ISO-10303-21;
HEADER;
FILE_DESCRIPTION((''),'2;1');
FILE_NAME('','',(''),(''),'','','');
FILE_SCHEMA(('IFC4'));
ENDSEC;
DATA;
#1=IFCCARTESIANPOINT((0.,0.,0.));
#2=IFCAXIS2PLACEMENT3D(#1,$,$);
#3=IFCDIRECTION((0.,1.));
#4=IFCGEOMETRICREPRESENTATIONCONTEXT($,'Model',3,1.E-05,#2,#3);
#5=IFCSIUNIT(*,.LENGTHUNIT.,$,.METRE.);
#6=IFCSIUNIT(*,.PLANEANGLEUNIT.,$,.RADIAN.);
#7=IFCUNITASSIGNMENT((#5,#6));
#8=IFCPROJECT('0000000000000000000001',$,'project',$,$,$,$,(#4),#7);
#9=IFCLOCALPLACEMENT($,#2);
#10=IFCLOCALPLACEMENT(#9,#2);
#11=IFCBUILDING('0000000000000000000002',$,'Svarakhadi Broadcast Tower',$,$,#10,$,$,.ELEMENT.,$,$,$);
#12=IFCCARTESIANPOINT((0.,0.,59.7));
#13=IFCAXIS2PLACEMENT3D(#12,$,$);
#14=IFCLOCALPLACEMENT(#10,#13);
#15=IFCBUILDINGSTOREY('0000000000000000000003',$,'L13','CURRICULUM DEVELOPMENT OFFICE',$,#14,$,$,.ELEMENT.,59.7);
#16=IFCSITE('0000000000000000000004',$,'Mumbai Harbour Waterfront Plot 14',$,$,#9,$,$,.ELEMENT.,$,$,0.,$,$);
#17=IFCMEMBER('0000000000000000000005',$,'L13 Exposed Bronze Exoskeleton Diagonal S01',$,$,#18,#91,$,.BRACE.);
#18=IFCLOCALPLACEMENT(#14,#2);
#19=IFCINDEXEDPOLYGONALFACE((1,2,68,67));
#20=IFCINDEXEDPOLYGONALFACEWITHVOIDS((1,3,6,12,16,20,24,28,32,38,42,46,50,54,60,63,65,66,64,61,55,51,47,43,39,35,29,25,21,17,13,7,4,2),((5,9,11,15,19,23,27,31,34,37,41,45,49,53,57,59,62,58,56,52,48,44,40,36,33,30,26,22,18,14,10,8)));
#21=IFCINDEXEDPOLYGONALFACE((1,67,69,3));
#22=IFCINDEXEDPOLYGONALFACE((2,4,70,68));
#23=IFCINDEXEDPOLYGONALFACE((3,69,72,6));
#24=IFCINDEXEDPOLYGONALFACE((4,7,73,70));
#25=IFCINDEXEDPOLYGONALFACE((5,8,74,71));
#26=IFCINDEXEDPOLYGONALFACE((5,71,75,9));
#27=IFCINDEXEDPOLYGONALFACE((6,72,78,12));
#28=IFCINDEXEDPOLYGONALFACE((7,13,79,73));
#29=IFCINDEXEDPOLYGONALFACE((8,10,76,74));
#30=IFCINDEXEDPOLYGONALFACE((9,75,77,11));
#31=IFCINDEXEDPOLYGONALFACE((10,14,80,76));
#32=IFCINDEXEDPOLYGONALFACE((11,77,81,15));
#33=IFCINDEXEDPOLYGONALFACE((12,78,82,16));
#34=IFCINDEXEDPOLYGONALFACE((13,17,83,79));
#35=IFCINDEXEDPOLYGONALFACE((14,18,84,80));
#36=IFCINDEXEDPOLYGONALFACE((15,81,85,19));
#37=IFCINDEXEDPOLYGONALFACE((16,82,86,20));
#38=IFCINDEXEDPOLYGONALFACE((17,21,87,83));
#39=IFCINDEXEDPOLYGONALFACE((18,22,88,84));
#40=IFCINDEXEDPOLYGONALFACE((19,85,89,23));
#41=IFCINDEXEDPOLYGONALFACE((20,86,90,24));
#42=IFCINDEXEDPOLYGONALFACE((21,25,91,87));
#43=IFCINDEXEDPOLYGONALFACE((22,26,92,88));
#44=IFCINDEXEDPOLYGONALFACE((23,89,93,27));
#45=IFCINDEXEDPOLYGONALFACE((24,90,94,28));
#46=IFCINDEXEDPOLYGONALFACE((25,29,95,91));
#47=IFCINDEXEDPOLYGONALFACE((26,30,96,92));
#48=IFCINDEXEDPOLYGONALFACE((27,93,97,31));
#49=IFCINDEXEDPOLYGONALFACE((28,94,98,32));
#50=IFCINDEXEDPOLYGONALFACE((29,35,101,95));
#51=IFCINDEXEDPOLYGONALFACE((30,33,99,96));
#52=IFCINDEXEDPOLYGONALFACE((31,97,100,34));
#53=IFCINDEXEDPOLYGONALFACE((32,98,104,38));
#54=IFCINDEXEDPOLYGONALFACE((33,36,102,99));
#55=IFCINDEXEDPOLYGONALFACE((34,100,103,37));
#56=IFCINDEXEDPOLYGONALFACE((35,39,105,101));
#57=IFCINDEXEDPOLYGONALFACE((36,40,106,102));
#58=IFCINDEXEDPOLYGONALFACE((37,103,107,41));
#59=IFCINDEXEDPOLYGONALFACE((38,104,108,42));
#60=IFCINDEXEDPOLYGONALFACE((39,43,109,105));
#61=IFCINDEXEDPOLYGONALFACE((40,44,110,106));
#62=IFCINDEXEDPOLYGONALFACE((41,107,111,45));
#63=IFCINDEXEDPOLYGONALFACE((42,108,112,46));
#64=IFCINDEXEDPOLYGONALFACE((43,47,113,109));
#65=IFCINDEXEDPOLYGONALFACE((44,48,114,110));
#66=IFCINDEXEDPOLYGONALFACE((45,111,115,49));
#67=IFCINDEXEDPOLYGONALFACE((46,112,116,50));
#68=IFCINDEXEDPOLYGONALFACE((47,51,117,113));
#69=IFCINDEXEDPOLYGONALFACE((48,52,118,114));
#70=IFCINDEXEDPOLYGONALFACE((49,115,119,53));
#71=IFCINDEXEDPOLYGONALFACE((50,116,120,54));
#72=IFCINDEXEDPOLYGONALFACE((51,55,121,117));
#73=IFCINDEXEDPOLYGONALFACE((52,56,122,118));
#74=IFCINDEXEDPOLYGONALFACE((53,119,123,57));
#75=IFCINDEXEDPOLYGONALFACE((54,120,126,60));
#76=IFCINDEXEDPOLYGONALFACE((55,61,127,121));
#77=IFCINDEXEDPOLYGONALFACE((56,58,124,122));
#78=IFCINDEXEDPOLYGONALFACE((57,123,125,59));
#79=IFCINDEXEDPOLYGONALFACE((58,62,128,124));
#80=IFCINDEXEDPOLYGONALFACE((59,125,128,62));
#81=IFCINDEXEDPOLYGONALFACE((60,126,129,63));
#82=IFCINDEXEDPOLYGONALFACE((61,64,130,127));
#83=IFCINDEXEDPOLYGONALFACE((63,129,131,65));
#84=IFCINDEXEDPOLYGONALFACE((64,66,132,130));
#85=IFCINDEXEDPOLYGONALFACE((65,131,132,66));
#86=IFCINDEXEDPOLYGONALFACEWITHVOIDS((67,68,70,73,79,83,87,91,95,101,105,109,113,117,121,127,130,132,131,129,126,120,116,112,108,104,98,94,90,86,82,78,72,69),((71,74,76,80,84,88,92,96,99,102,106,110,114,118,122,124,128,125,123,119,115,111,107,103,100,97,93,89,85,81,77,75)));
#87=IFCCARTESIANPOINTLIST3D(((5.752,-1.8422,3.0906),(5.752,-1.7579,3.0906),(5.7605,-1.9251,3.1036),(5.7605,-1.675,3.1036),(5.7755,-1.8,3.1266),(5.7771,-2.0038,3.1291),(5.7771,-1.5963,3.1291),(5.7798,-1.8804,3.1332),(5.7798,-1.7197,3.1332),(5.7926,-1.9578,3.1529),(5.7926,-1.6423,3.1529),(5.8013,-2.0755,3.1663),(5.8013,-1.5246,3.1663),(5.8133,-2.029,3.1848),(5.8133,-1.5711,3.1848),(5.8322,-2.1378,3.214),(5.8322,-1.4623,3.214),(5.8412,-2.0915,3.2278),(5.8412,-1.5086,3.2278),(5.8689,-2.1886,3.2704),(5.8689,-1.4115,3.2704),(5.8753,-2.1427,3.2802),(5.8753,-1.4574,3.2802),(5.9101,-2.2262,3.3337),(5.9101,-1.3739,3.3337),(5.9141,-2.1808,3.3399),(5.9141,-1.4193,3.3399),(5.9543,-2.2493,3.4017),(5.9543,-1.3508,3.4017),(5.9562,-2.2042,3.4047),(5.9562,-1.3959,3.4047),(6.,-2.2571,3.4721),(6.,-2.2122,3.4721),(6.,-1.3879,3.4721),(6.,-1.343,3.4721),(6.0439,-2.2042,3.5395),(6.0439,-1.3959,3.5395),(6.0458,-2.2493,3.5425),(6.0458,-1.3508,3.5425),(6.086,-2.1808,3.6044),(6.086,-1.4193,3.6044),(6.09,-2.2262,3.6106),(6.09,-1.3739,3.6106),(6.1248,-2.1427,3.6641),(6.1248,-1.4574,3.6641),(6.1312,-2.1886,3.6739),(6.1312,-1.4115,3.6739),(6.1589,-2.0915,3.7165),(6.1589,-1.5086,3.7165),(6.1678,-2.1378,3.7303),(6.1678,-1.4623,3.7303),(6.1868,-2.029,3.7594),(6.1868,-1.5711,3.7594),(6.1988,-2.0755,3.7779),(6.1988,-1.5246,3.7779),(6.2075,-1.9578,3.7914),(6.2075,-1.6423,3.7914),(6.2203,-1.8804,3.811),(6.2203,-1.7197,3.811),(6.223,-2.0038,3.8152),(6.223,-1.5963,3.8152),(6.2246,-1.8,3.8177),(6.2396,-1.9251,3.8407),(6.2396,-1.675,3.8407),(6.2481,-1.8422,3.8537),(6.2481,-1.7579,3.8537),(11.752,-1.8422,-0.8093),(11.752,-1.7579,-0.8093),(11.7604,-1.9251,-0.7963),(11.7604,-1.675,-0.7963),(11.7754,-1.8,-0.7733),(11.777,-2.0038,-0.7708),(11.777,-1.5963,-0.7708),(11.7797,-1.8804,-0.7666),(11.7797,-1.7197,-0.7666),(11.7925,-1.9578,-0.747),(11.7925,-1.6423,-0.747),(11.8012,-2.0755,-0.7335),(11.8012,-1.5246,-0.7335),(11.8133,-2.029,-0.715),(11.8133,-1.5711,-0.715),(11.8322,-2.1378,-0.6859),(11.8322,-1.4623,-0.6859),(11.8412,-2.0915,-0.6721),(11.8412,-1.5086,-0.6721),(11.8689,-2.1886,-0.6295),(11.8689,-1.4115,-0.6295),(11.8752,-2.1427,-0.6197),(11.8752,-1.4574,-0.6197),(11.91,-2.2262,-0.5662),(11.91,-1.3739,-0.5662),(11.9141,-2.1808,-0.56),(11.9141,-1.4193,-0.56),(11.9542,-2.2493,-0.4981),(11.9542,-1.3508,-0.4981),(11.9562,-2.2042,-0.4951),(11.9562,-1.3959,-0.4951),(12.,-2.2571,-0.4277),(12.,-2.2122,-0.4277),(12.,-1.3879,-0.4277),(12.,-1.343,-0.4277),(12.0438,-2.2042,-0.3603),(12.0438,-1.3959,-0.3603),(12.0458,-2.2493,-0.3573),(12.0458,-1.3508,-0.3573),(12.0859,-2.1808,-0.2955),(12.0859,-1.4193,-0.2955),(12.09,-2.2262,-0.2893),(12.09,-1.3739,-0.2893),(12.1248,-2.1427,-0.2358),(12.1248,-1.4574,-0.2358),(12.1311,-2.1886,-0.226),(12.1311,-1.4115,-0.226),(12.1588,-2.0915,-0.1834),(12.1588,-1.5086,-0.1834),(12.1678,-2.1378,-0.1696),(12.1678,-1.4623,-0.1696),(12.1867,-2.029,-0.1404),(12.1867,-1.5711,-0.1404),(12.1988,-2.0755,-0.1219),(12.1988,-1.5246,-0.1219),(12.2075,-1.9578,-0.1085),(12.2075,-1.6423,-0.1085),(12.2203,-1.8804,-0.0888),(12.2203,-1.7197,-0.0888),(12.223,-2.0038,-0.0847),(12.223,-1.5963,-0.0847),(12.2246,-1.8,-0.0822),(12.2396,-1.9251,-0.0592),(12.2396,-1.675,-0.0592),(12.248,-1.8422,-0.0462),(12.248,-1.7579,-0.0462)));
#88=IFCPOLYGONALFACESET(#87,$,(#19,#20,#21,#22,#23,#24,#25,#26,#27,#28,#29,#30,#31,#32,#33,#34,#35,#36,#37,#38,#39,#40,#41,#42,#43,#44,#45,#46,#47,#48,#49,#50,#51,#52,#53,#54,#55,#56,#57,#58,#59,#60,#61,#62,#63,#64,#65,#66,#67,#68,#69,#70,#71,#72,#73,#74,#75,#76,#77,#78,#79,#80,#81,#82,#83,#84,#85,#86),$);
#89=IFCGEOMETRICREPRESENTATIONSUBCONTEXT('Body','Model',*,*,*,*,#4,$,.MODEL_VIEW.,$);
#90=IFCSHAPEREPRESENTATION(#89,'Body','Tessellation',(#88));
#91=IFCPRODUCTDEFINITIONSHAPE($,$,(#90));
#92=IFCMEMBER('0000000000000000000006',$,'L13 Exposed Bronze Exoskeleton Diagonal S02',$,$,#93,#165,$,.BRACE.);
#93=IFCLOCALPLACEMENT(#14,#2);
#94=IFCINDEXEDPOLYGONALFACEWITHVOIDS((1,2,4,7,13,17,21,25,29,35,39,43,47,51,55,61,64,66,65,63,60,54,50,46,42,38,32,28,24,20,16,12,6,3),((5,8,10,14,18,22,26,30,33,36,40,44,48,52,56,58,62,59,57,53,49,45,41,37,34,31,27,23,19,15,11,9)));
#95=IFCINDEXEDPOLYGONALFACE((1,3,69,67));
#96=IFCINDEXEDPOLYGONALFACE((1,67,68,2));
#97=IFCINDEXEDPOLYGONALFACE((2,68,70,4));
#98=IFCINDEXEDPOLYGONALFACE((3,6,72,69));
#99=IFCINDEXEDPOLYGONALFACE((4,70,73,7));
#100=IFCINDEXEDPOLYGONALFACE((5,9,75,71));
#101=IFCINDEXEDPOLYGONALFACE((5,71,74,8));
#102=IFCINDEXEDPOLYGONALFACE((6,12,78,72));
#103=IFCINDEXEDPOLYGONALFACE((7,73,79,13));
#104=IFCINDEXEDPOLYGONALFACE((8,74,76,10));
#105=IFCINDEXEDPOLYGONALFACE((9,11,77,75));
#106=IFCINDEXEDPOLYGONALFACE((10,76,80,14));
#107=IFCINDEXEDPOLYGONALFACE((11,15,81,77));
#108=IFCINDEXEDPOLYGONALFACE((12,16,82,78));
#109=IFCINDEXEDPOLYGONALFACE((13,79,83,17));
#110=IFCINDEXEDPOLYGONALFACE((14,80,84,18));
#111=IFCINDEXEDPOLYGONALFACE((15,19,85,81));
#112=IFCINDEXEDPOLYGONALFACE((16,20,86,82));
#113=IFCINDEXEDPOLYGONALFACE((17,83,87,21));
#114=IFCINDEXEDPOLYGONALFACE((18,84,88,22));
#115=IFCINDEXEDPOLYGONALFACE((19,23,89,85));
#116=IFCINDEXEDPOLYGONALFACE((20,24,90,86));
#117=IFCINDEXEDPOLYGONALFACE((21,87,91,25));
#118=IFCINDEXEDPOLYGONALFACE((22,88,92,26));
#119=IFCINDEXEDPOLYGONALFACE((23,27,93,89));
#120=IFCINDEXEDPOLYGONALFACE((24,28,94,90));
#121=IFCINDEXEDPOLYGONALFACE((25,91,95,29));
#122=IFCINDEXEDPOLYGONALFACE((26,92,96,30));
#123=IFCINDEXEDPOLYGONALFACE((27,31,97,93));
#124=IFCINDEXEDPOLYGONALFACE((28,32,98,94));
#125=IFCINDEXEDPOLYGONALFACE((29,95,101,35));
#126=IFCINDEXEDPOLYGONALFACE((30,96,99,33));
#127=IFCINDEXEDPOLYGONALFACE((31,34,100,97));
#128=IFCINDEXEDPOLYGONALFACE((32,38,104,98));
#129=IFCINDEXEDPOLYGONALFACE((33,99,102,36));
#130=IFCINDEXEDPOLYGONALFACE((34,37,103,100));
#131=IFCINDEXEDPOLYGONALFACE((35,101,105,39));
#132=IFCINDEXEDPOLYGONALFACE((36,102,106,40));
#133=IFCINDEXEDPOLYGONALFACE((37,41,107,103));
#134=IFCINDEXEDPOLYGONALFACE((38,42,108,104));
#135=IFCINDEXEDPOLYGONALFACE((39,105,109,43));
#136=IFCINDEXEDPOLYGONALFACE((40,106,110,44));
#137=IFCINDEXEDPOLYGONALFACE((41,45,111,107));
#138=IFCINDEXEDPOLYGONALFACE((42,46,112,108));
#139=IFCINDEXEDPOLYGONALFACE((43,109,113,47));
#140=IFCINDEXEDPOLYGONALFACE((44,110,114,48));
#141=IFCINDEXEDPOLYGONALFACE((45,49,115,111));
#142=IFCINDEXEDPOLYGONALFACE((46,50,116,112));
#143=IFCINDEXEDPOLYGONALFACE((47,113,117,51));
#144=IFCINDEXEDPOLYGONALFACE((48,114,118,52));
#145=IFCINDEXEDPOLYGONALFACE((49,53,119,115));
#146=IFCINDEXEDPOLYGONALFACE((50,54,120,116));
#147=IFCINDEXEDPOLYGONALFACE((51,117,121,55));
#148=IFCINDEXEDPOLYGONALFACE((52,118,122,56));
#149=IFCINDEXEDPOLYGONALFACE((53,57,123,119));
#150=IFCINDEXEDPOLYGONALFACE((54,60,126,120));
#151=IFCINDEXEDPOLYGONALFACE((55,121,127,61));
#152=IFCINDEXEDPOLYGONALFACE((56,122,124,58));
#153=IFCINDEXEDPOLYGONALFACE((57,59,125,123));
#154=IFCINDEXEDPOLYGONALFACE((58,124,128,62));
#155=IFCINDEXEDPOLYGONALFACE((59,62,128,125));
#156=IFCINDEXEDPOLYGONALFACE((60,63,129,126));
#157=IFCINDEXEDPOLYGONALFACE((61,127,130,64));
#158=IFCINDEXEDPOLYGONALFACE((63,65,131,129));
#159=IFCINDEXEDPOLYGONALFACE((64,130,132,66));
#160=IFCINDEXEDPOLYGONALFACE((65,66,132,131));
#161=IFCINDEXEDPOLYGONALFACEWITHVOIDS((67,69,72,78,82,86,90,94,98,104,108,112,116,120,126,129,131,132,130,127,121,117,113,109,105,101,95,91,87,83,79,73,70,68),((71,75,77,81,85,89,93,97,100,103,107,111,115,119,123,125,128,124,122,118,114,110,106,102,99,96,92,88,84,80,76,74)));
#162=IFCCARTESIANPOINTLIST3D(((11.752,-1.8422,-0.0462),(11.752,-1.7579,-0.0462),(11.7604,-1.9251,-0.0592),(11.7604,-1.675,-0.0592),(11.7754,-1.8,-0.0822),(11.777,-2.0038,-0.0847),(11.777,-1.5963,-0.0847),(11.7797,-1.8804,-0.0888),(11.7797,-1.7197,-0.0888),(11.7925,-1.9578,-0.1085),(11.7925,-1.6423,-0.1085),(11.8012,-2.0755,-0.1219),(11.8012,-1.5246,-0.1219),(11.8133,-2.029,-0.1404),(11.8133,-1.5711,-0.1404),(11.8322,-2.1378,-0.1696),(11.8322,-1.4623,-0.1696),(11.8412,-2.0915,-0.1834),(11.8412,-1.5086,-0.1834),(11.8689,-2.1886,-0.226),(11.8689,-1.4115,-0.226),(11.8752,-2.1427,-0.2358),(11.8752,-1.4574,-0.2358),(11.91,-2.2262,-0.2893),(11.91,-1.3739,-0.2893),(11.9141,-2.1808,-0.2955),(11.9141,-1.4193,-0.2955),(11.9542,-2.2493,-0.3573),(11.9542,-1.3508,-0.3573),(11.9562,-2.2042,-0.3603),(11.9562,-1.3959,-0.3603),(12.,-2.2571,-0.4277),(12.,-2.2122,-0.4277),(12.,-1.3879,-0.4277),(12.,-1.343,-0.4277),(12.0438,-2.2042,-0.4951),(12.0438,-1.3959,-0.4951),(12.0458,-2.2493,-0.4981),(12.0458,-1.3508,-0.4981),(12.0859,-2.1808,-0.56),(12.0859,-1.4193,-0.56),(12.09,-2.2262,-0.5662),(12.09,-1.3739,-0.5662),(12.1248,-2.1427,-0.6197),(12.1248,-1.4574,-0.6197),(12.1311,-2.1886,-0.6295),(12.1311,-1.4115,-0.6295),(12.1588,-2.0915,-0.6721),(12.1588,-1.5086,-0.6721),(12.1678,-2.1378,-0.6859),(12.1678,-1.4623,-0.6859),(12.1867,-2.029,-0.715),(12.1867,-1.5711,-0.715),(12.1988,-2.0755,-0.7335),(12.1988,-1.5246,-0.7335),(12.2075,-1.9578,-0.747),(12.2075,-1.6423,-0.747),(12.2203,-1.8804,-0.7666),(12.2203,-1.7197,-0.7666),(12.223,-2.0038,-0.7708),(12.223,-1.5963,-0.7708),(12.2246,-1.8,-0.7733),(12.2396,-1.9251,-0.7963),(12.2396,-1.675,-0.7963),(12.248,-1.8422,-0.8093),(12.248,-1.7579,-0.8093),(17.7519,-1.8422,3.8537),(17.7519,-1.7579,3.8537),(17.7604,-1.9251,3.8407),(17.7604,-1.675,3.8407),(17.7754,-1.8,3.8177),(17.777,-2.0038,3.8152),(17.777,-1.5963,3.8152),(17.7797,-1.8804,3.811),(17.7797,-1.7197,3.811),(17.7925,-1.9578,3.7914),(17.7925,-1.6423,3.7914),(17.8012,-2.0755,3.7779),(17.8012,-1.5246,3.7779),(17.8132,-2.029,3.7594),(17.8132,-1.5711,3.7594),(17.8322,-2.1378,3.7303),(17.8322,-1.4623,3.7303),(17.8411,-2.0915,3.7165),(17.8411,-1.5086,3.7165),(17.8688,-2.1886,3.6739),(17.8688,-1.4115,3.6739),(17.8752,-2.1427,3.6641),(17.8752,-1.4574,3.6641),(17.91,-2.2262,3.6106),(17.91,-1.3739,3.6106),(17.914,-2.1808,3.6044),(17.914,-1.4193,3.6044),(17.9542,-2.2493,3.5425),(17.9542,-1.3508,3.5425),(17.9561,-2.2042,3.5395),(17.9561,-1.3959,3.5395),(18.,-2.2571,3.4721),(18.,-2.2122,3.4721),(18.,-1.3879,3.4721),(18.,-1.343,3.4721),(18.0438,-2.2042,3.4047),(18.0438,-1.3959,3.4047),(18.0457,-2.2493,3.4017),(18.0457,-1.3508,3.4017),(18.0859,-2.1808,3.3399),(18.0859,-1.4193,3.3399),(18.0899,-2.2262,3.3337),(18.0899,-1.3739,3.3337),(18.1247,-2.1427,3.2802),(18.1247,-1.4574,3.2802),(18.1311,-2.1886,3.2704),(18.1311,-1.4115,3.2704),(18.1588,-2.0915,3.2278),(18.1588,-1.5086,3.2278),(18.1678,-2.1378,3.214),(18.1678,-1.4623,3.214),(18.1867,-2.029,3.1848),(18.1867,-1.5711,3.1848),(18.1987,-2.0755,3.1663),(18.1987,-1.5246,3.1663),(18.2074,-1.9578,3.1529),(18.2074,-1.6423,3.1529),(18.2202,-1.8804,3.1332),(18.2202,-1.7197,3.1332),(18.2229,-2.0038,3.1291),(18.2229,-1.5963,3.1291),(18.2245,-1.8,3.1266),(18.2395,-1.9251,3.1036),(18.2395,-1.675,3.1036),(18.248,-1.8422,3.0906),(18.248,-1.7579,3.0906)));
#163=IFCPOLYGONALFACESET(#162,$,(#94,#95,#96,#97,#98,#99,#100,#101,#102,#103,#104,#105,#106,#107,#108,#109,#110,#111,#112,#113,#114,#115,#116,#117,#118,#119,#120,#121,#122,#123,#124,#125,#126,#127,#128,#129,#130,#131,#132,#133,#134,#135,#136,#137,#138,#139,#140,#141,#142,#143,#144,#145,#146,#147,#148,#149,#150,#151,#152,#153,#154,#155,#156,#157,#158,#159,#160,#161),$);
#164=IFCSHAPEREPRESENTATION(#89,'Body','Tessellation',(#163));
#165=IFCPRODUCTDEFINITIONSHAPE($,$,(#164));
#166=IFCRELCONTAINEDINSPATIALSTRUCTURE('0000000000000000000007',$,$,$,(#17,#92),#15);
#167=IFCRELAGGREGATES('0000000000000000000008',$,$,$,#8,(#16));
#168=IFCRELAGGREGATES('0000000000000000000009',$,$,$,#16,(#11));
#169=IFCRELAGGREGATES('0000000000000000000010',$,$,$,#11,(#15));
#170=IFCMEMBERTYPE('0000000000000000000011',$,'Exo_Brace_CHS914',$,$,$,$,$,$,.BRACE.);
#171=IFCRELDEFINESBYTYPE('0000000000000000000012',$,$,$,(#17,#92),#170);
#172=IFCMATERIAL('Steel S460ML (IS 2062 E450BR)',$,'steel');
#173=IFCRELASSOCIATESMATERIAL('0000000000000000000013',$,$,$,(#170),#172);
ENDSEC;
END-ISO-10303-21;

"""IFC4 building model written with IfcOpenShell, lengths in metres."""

from ifc_helpers import new_model, si_unit, direction, frame, origin, origin_2d, place, context, subcontext, project, spatial, hollow_circle, extrude, material, material_profile, profile_set, type_object, element, save


model = new_model("IFC4")

# Units and contexts
model_context = context("Model", 3, precision=1e-05, world=origin(), true_north=direction((0.0, 1.0)))
body_context = subcontext(model_context, "Body", "Model", "MODEL_VIEW")
ifc_project = project(units=[si_unit("LENGTHUNIT", "METRE"), si_unit("PLANEANGLEUNIT", "RADIAN")], contexts=[model_context])

# Site, building, storey
site_placement = place(None, origin())
site = spatial("IfcSite", under=ifc_project, at=site_placement, Name="Mumbai Harbour Waterfront Plot 14", CompositionType="ELEMENT", RefElevation=0.0)
building_placement = place(site_placement, origin())
building = spatial("IfcBuilding", under=site, at=building_placement, Name="Svarakhadi Broadcast Tower", CompositionType="ELEMENT")
storey_placement = place(building_placement, frame((0.0, 0.0, 59.7)))
storey = spatial("IfcBuildingStorey", under=building, at=storey_placement, Name="L13", Description="CURRICULUM DEVELOPMENT OFFICE", CompositionType="ELEMENT", Elevation=59.7)

# Shared definitions
ifc_material_1 = material(Name="Steel S460ML (IS 2062 E450BR)", Category="steel")

# Members
ifc_material_profile_1 = material_profile(ifc_material_1, hollow_circle(Radius=0.457, WallThickness=0.0449, at=origin_2d()), Name="CHS 914x45")
ifc_profile_set_1 = profile_set([ifc_material_profile_1], Name="Steel S460ML (IS 2062 E450BR)")
member_type_1 = type_object("IfcMemberType", Name="Exo_Brace_CHS914", PredefinedType="BRACE", material=ifc_profile_set_1)
for number, where, z_axis, x_axis, name in (
    (1, (12.0, -1.8, -0.4277), (-0.83845, 0.0, 0.544979), (0.0, -1.0, 0.0), "L13 Exposed Bronze Exoskeleton Diagonal S01"),
    (2, (12.0, -1.8, -0.4277), (0.83845, 0.0, 0.544979), (0.0, 1.0, 0.0), "L13 Exposed Bronze Exoskeleton Diagonal S02"),
):
    element("IfcMember", number, at=place(storey_placement, frame(where, z_axis=z_axis, x_axis=x_axis)), inside=storey, type_object=member_type_1, Name=name, PredefinedType="BRACE", context=body_context, shape_type="SweptSolid", body=[
        extrude(hollow_circle(Radius=0.457, WallThickness=0.0449, at=origin_2d()), origin(), (0.0, 0.0, 1.0), 7.156),
    ])

save(model, "model.ifc")
